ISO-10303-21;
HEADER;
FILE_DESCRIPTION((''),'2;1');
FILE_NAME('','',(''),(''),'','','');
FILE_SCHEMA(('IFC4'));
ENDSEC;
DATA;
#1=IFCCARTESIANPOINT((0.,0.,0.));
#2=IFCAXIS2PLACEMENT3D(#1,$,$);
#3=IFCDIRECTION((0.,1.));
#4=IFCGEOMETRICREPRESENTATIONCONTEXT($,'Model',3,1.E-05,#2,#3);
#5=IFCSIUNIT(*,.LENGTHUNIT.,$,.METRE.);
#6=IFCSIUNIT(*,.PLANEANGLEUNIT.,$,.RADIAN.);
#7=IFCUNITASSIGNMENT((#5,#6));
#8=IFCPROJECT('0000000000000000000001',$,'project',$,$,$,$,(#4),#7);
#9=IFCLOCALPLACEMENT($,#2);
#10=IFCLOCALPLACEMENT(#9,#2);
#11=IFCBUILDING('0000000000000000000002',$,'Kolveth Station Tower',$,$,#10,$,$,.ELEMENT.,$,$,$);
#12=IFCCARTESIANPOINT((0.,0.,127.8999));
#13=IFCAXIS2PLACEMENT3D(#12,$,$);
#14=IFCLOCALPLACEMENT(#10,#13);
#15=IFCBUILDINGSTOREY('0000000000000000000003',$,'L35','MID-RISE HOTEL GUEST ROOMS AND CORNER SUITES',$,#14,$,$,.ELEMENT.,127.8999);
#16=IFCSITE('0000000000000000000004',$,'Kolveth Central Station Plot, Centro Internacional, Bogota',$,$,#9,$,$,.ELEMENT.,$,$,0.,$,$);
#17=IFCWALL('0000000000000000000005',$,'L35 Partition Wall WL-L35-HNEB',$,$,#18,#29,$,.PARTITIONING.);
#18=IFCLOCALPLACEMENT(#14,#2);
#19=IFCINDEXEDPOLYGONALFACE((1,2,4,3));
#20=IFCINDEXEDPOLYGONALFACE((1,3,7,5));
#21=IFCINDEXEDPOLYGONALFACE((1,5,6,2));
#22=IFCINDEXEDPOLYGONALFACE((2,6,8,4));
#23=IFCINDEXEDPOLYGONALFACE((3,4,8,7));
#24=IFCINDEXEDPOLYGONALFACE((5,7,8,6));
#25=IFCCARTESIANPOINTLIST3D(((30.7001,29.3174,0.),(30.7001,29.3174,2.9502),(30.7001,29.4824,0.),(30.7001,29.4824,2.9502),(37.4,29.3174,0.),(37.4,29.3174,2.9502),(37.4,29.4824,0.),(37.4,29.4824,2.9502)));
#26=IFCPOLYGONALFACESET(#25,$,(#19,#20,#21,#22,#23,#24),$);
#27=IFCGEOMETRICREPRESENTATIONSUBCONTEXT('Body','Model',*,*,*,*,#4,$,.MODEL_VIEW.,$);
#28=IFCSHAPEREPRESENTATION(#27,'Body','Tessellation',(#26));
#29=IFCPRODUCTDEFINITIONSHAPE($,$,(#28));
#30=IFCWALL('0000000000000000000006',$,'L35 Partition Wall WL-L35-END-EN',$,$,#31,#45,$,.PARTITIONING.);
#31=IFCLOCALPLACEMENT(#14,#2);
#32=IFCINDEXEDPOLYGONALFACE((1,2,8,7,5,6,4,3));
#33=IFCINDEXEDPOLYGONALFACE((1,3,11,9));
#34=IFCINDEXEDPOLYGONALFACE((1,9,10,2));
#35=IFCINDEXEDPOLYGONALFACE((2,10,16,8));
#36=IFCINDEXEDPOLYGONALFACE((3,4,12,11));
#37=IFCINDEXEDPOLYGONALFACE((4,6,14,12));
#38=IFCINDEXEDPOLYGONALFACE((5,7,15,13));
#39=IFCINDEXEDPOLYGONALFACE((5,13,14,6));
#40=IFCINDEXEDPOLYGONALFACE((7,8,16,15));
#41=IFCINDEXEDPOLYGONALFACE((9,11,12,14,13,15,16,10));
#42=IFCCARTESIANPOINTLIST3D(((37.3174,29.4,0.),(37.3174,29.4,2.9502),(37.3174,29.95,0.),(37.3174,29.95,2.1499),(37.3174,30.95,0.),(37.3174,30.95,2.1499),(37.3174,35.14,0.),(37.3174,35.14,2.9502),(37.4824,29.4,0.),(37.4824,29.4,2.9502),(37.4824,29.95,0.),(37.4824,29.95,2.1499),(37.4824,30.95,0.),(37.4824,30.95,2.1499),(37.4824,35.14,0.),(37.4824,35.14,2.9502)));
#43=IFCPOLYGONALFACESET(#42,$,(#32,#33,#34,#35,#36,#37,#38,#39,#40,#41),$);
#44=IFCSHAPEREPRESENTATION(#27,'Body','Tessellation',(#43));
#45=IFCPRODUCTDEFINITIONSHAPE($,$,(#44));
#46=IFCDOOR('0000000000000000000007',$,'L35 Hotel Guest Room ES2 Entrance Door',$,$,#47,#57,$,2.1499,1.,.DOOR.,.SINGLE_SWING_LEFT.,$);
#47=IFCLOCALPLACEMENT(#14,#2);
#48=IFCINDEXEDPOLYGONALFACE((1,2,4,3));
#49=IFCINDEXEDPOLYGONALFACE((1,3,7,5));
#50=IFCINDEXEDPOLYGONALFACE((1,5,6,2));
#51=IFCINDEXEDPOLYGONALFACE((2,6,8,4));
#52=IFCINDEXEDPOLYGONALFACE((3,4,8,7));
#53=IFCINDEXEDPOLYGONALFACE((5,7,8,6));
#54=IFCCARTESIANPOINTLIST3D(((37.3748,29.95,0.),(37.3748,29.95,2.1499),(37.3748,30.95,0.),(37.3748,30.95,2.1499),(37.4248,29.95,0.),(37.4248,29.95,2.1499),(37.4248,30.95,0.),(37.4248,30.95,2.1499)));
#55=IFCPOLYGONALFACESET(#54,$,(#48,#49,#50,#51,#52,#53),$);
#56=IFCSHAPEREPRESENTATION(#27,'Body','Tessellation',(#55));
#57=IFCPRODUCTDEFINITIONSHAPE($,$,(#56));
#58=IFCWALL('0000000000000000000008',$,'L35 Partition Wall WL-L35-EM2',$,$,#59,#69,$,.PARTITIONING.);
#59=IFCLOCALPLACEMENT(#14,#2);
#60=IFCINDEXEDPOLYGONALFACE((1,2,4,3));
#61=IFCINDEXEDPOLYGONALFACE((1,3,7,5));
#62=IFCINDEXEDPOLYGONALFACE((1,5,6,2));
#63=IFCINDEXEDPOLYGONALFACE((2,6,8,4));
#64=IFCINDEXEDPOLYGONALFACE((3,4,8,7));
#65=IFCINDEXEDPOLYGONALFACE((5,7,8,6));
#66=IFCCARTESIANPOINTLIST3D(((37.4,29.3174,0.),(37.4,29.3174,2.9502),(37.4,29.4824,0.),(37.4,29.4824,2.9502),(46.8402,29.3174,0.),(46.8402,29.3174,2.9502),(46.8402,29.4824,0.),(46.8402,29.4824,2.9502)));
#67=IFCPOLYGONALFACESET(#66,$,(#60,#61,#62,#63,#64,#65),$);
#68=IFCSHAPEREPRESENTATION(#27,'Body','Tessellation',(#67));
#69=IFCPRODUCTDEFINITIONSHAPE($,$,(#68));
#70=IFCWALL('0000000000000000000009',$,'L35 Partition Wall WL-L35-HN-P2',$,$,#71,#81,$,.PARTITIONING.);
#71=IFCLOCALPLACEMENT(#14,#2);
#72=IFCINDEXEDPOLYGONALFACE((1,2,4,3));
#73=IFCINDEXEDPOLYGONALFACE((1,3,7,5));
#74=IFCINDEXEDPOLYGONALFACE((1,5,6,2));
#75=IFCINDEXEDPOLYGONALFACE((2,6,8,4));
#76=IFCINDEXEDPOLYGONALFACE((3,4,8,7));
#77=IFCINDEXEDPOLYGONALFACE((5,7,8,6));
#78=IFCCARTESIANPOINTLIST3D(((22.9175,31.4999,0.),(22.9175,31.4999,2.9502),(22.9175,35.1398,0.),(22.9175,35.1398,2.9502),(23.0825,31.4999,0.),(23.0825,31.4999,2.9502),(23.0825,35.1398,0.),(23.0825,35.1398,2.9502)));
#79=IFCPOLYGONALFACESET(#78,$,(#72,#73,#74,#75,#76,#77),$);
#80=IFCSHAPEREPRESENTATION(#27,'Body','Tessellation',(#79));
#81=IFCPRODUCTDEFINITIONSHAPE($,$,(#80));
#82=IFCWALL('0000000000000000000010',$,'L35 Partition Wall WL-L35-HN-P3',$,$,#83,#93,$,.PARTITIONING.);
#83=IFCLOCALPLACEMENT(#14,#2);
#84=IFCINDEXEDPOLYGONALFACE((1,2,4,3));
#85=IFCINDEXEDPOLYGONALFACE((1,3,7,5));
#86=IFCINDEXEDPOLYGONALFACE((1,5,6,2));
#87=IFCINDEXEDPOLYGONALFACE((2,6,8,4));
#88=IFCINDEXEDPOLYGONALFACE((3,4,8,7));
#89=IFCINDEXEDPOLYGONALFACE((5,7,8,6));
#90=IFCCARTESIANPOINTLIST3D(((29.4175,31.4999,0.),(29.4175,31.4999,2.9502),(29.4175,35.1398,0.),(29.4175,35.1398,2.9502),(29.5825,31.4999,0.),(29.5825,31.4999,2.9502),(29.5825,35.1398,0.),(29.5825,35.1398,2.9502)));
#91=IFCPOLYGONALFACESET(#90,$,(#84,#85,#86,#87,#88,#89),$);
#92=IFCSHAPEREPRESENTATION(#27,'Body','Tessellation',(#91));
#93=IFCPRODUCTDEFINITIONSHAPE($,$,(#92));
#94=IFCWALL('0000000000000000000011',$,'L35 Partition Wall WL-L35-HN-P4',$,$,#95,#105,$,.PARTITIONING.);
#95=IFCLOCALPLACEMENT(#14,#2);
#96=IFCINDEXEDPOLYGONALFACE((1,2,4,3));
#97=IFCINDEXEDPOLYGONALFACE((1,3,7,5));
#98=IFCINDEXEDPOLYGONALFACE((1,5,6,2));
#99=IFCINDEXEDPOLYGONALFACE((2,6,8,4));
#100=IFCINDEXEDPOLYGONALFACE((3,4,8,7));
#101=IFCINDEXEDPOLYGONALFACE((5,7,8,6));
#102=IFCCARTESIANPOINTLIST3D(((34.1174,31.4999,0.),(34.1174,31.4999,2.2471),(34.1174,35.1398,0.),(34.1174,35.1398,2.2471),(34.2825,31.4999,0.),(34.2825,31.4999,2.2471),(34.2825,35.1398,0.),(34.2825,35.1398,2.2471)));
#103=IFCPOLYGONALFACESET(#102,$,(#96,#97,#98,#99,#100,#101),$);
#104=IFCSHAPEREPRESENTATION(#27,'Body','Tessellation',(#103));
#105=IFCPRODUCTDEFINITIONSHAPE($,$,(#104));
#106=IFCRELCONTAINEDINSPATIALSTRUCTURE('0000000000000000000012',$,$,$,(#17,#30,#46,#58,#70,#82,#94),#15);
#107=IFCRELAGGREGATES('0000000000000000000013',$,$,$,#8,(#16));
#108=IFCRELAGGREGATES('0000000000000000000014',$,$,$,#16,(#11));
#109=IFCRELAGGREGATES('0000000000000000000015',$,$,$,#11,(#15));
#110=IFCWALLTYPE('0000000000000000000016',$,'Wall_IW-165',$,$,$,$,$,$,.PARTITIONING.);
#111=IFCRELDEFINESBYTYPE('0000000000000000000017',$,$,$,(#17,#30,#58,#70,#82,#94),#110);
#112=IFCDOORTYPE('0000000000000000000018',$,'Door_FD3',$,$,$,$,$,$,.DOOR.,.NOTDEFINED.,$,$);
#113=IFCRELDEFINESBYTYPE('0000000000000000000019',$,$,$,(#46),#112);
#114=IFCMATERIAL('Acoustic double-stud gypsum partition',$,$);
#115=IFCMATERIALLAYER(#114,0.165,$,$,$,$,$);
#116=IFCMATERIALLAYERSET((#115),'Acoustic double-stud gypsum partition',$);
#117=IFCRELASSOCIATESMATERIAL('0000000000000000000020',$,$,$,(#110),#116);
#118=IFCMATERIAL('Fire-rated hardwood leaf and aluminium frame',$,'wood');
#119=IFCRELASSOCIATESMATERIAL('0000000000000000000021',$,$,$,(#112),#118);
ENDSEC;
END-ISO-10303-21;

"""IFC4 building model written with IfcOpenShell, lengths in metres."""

from ifc_helpers import new_model, si_unit, direction, frame, frame_2d, origin, place, context, subcontext, project, spatial, rectangle, extrude, material, layer, layer_set, type_object, element, fill, save


model = new_model("IFC4")

# Units and contexts
model_context = context("Model", 3, precision=1e-05, world=origin(), true_north=direction((0.0, 1.0)))
body_context = subcontext(model_context, "Body", "Model", "MODEL_VIEW")
ifc_project = project(units=[si_unit("LENGTHUNIT", "METRE"), si_unit("PLANEANGLEUNIT", "RADIAN")], contexts=[model_context])

# Site, building, storey
site_placement = place(None, origin())
site = spatial("IfcSite", under=ifc_project, at=site_placement, Name="Kolveth Central Station Plot, Centro Internacional, Bogota", CompositionType="ELEMENT", RefElevation=0.0)
building_placement = place(site_placement, origin())
building = spatial("IfcBuilding", under=site, at=building_placement, Name="Kolveth Station Tower", CompositionType="ELEMENT")
storey_placement = place(building_placement, frame((0.0, 0.0, 127.8999)))
storey = spatial("IfcBuildingStorey", under=building, at=storey_placement, Name="L35", Description="MID-RISE HOTEL GUEST ROOMS AND CORNER SUITES", CompositionType="ELEMENT", Elevation=127.8999)

# Wall
ifc_material_1 = material(Name="Acoustic double-stud gypsum partition")
ifc_layer_1 = layer(ifc_material_1, 0.165)
ifc_layer_set_1 = layer_set([ifc_layer_1], Name="Acoustic double-stud gypsum partition")
wall_type = type_object("IfcWallType", Name="Wall_IW-165", PredefinedType="PARTITIONING", material=ifc_layer_set_1)
wall_1_placement = place(storey_placement, frame((30.7, 29.3999, 0.0), z_axis=(0.0, 0.0, 1.0), x_axis=(1.0, 0.0, 0.0)))
element("IfcWall", 1, at=wall_1_placement, inside=storey, type_object=wall_type, Name="L35 Partition Wall WL-L35-HNEB", PredefinedType="PARTITIONING", context=body_context, shape_type="SweptSolid", body=[
    extrude(rectangle(XDim=6.7, YDim=0.165, at=frame_2d((3.3501, 0.0))), origin(), (0.0, 0.0, 1.0), 2.9502),
])

# Wall, opening, door
wall_2_placement = place(storey_placement, frame((37.3999, 29.3999, 0.0), z_axis=(0.0, 0.0, 1.0), x_axis=(0.0, 1.0, 0.0)))
wall_2 = element("IfcWall", 2, at=wall_2_placement, inside=storey, type_object=wall_type, Name="L35 Partition Wall WL-L35-END-EN", PredefinedType="PARTITIONING", context=body_context, shape_type="SweptSolid", body=[
    extrude(rectangle(XDim=5.74, YDim=0.165, at=frame_2d((2.8701, 0.0))), origin(), (0.0, 0.0, 1.0), 2.9502),
])
opening_placement = place(wall_2_placement, frame((0.55, 0.0, 0.0)))
opening = element("IfcOpeningElement", 3, at=opening_placement, cuts=wall_2, PredefinedType="OPENING", context=body_context, shape_type="SweptSolid", body=[
    extrude(rectangle(XDim=1.0, YDim=2.1499, at=frame_2d((0.5, 1.075))), frame((0.0, 0.0925, 0.0), z_axis=(0.0, -1.0, 0.0), x_axis=(1.0, 0.0, 0.0)), (0.0, 0.0, 1.0), 0.1851),
])
ifc_material_2 = material(Name="Fire-rated hardwood leaf and aluminium frame", Category="wood")
door_type = type_object("IfcDoorType", Name="Door_FD3", OperationType="NOTDEFINED", PredefinedType="DOOR", material=ifc_material_2)
door_placement = place(opening_placement, frame((1.0, 0.0, 0.0), z_axis=(0.0, 0.0, 1.0), x_axis=(-1.0, 0.0, 0.0)))
door = element("IfcDoor", 4, at=door_placement, inside=storey, type_object=door_type, Name="L35 Hotel Guest Room ES2 Entrance Door", OperationType="SINGLE_SWING_LEFT", OverallHeight=2.1499, OverallWidth=1.0, PredefinedType="DOOR", context=body_context, shape_type="SweptSolid", body=[
    extrude(rectangle(XDim=1.0, YDim=2.1499, at=frame_2d((0.5, 1.075))), frame((0.0, 0.0249, 0.0), z_axis=(0.0, -1.0, 0.0), x_axis=(1.0, 0.0, 0.0)), (0.0, 0.0, 1.0), 0.05),
])
fill(opening, door)

# Walls
wall_3_placement = place(storey_placement, frame((37.3999, 29.3999, 0.0), z_axis=(0.0, 0.0, 1.0), x_axis=(1.0, 0.0, 0.0)))
element("IfcWall", 5, at=wall_3_placement, inside=storey, type_object=wall_type, Name="L35 Partition Wall WL-L35-EM2", PredefinedType="PARTITIONING", context=body_context, shape_type="SweptSolid", body=[
    extrude(rectangle(XDim=9.4402, YDim=0.165, at=frame_2d((4.7202, 0.0))), origin(), (0.0, 0.0, 1.0), 2.9502),
])
for number, where, z_axis, x_axis, name in (
    (6, (23.0, 31.5, 0.0), (0.0, 0.0, 1.0), (0.0, 1.0, 0.0), "L35 Partition Wall WL-L35-HN-P2"),
    (7, (29.5, 31.5, 0.0), (0.0, 0.0, 1.0), (0.0, 1.0, 0.0), "L35 Partition Wall WL-L35-HN-P3"),
):
    element("IfcWall", number, at=place(storey_placement, frame(where, z_axis=z_axis, x_axis=x_axis)), inside=storey, type_object=wall_type, Name=name, PredefinedType="PARTITIONING", context=body_context, shape_type="SweptSolid", body=[
        extrude(rectangle(XDim=3.6399, YDim=0.165, at=frame_2d((1.8198, 0.0))), origin(), (0.0, 0.0, 1.0), 2.9502),
    ])
wall_4_placement = place(storey_placement, frame((34.2, 31.5, 0.0), z_axis=(0.0, 0.0, 1.0), x_axis=(0.0, 1.0, 0.0)))
element("IfcWall", 8, at=wall_4_placement, inside=storey, type_object=wall_type, Name="L35 Partition Wall WL-L35-HN-P4", PredefinedType="PARTITIONING", context=body_context, shape_type="SweptSolid", body=[
    extrude(rectangle(XDim=3.6399, YDim=0.165, at=frame_2d((1.8198, 0.0))), origin(), (0.0, 0.0, 1.0), 2.2471),
])

save(model, "model.ifc")
